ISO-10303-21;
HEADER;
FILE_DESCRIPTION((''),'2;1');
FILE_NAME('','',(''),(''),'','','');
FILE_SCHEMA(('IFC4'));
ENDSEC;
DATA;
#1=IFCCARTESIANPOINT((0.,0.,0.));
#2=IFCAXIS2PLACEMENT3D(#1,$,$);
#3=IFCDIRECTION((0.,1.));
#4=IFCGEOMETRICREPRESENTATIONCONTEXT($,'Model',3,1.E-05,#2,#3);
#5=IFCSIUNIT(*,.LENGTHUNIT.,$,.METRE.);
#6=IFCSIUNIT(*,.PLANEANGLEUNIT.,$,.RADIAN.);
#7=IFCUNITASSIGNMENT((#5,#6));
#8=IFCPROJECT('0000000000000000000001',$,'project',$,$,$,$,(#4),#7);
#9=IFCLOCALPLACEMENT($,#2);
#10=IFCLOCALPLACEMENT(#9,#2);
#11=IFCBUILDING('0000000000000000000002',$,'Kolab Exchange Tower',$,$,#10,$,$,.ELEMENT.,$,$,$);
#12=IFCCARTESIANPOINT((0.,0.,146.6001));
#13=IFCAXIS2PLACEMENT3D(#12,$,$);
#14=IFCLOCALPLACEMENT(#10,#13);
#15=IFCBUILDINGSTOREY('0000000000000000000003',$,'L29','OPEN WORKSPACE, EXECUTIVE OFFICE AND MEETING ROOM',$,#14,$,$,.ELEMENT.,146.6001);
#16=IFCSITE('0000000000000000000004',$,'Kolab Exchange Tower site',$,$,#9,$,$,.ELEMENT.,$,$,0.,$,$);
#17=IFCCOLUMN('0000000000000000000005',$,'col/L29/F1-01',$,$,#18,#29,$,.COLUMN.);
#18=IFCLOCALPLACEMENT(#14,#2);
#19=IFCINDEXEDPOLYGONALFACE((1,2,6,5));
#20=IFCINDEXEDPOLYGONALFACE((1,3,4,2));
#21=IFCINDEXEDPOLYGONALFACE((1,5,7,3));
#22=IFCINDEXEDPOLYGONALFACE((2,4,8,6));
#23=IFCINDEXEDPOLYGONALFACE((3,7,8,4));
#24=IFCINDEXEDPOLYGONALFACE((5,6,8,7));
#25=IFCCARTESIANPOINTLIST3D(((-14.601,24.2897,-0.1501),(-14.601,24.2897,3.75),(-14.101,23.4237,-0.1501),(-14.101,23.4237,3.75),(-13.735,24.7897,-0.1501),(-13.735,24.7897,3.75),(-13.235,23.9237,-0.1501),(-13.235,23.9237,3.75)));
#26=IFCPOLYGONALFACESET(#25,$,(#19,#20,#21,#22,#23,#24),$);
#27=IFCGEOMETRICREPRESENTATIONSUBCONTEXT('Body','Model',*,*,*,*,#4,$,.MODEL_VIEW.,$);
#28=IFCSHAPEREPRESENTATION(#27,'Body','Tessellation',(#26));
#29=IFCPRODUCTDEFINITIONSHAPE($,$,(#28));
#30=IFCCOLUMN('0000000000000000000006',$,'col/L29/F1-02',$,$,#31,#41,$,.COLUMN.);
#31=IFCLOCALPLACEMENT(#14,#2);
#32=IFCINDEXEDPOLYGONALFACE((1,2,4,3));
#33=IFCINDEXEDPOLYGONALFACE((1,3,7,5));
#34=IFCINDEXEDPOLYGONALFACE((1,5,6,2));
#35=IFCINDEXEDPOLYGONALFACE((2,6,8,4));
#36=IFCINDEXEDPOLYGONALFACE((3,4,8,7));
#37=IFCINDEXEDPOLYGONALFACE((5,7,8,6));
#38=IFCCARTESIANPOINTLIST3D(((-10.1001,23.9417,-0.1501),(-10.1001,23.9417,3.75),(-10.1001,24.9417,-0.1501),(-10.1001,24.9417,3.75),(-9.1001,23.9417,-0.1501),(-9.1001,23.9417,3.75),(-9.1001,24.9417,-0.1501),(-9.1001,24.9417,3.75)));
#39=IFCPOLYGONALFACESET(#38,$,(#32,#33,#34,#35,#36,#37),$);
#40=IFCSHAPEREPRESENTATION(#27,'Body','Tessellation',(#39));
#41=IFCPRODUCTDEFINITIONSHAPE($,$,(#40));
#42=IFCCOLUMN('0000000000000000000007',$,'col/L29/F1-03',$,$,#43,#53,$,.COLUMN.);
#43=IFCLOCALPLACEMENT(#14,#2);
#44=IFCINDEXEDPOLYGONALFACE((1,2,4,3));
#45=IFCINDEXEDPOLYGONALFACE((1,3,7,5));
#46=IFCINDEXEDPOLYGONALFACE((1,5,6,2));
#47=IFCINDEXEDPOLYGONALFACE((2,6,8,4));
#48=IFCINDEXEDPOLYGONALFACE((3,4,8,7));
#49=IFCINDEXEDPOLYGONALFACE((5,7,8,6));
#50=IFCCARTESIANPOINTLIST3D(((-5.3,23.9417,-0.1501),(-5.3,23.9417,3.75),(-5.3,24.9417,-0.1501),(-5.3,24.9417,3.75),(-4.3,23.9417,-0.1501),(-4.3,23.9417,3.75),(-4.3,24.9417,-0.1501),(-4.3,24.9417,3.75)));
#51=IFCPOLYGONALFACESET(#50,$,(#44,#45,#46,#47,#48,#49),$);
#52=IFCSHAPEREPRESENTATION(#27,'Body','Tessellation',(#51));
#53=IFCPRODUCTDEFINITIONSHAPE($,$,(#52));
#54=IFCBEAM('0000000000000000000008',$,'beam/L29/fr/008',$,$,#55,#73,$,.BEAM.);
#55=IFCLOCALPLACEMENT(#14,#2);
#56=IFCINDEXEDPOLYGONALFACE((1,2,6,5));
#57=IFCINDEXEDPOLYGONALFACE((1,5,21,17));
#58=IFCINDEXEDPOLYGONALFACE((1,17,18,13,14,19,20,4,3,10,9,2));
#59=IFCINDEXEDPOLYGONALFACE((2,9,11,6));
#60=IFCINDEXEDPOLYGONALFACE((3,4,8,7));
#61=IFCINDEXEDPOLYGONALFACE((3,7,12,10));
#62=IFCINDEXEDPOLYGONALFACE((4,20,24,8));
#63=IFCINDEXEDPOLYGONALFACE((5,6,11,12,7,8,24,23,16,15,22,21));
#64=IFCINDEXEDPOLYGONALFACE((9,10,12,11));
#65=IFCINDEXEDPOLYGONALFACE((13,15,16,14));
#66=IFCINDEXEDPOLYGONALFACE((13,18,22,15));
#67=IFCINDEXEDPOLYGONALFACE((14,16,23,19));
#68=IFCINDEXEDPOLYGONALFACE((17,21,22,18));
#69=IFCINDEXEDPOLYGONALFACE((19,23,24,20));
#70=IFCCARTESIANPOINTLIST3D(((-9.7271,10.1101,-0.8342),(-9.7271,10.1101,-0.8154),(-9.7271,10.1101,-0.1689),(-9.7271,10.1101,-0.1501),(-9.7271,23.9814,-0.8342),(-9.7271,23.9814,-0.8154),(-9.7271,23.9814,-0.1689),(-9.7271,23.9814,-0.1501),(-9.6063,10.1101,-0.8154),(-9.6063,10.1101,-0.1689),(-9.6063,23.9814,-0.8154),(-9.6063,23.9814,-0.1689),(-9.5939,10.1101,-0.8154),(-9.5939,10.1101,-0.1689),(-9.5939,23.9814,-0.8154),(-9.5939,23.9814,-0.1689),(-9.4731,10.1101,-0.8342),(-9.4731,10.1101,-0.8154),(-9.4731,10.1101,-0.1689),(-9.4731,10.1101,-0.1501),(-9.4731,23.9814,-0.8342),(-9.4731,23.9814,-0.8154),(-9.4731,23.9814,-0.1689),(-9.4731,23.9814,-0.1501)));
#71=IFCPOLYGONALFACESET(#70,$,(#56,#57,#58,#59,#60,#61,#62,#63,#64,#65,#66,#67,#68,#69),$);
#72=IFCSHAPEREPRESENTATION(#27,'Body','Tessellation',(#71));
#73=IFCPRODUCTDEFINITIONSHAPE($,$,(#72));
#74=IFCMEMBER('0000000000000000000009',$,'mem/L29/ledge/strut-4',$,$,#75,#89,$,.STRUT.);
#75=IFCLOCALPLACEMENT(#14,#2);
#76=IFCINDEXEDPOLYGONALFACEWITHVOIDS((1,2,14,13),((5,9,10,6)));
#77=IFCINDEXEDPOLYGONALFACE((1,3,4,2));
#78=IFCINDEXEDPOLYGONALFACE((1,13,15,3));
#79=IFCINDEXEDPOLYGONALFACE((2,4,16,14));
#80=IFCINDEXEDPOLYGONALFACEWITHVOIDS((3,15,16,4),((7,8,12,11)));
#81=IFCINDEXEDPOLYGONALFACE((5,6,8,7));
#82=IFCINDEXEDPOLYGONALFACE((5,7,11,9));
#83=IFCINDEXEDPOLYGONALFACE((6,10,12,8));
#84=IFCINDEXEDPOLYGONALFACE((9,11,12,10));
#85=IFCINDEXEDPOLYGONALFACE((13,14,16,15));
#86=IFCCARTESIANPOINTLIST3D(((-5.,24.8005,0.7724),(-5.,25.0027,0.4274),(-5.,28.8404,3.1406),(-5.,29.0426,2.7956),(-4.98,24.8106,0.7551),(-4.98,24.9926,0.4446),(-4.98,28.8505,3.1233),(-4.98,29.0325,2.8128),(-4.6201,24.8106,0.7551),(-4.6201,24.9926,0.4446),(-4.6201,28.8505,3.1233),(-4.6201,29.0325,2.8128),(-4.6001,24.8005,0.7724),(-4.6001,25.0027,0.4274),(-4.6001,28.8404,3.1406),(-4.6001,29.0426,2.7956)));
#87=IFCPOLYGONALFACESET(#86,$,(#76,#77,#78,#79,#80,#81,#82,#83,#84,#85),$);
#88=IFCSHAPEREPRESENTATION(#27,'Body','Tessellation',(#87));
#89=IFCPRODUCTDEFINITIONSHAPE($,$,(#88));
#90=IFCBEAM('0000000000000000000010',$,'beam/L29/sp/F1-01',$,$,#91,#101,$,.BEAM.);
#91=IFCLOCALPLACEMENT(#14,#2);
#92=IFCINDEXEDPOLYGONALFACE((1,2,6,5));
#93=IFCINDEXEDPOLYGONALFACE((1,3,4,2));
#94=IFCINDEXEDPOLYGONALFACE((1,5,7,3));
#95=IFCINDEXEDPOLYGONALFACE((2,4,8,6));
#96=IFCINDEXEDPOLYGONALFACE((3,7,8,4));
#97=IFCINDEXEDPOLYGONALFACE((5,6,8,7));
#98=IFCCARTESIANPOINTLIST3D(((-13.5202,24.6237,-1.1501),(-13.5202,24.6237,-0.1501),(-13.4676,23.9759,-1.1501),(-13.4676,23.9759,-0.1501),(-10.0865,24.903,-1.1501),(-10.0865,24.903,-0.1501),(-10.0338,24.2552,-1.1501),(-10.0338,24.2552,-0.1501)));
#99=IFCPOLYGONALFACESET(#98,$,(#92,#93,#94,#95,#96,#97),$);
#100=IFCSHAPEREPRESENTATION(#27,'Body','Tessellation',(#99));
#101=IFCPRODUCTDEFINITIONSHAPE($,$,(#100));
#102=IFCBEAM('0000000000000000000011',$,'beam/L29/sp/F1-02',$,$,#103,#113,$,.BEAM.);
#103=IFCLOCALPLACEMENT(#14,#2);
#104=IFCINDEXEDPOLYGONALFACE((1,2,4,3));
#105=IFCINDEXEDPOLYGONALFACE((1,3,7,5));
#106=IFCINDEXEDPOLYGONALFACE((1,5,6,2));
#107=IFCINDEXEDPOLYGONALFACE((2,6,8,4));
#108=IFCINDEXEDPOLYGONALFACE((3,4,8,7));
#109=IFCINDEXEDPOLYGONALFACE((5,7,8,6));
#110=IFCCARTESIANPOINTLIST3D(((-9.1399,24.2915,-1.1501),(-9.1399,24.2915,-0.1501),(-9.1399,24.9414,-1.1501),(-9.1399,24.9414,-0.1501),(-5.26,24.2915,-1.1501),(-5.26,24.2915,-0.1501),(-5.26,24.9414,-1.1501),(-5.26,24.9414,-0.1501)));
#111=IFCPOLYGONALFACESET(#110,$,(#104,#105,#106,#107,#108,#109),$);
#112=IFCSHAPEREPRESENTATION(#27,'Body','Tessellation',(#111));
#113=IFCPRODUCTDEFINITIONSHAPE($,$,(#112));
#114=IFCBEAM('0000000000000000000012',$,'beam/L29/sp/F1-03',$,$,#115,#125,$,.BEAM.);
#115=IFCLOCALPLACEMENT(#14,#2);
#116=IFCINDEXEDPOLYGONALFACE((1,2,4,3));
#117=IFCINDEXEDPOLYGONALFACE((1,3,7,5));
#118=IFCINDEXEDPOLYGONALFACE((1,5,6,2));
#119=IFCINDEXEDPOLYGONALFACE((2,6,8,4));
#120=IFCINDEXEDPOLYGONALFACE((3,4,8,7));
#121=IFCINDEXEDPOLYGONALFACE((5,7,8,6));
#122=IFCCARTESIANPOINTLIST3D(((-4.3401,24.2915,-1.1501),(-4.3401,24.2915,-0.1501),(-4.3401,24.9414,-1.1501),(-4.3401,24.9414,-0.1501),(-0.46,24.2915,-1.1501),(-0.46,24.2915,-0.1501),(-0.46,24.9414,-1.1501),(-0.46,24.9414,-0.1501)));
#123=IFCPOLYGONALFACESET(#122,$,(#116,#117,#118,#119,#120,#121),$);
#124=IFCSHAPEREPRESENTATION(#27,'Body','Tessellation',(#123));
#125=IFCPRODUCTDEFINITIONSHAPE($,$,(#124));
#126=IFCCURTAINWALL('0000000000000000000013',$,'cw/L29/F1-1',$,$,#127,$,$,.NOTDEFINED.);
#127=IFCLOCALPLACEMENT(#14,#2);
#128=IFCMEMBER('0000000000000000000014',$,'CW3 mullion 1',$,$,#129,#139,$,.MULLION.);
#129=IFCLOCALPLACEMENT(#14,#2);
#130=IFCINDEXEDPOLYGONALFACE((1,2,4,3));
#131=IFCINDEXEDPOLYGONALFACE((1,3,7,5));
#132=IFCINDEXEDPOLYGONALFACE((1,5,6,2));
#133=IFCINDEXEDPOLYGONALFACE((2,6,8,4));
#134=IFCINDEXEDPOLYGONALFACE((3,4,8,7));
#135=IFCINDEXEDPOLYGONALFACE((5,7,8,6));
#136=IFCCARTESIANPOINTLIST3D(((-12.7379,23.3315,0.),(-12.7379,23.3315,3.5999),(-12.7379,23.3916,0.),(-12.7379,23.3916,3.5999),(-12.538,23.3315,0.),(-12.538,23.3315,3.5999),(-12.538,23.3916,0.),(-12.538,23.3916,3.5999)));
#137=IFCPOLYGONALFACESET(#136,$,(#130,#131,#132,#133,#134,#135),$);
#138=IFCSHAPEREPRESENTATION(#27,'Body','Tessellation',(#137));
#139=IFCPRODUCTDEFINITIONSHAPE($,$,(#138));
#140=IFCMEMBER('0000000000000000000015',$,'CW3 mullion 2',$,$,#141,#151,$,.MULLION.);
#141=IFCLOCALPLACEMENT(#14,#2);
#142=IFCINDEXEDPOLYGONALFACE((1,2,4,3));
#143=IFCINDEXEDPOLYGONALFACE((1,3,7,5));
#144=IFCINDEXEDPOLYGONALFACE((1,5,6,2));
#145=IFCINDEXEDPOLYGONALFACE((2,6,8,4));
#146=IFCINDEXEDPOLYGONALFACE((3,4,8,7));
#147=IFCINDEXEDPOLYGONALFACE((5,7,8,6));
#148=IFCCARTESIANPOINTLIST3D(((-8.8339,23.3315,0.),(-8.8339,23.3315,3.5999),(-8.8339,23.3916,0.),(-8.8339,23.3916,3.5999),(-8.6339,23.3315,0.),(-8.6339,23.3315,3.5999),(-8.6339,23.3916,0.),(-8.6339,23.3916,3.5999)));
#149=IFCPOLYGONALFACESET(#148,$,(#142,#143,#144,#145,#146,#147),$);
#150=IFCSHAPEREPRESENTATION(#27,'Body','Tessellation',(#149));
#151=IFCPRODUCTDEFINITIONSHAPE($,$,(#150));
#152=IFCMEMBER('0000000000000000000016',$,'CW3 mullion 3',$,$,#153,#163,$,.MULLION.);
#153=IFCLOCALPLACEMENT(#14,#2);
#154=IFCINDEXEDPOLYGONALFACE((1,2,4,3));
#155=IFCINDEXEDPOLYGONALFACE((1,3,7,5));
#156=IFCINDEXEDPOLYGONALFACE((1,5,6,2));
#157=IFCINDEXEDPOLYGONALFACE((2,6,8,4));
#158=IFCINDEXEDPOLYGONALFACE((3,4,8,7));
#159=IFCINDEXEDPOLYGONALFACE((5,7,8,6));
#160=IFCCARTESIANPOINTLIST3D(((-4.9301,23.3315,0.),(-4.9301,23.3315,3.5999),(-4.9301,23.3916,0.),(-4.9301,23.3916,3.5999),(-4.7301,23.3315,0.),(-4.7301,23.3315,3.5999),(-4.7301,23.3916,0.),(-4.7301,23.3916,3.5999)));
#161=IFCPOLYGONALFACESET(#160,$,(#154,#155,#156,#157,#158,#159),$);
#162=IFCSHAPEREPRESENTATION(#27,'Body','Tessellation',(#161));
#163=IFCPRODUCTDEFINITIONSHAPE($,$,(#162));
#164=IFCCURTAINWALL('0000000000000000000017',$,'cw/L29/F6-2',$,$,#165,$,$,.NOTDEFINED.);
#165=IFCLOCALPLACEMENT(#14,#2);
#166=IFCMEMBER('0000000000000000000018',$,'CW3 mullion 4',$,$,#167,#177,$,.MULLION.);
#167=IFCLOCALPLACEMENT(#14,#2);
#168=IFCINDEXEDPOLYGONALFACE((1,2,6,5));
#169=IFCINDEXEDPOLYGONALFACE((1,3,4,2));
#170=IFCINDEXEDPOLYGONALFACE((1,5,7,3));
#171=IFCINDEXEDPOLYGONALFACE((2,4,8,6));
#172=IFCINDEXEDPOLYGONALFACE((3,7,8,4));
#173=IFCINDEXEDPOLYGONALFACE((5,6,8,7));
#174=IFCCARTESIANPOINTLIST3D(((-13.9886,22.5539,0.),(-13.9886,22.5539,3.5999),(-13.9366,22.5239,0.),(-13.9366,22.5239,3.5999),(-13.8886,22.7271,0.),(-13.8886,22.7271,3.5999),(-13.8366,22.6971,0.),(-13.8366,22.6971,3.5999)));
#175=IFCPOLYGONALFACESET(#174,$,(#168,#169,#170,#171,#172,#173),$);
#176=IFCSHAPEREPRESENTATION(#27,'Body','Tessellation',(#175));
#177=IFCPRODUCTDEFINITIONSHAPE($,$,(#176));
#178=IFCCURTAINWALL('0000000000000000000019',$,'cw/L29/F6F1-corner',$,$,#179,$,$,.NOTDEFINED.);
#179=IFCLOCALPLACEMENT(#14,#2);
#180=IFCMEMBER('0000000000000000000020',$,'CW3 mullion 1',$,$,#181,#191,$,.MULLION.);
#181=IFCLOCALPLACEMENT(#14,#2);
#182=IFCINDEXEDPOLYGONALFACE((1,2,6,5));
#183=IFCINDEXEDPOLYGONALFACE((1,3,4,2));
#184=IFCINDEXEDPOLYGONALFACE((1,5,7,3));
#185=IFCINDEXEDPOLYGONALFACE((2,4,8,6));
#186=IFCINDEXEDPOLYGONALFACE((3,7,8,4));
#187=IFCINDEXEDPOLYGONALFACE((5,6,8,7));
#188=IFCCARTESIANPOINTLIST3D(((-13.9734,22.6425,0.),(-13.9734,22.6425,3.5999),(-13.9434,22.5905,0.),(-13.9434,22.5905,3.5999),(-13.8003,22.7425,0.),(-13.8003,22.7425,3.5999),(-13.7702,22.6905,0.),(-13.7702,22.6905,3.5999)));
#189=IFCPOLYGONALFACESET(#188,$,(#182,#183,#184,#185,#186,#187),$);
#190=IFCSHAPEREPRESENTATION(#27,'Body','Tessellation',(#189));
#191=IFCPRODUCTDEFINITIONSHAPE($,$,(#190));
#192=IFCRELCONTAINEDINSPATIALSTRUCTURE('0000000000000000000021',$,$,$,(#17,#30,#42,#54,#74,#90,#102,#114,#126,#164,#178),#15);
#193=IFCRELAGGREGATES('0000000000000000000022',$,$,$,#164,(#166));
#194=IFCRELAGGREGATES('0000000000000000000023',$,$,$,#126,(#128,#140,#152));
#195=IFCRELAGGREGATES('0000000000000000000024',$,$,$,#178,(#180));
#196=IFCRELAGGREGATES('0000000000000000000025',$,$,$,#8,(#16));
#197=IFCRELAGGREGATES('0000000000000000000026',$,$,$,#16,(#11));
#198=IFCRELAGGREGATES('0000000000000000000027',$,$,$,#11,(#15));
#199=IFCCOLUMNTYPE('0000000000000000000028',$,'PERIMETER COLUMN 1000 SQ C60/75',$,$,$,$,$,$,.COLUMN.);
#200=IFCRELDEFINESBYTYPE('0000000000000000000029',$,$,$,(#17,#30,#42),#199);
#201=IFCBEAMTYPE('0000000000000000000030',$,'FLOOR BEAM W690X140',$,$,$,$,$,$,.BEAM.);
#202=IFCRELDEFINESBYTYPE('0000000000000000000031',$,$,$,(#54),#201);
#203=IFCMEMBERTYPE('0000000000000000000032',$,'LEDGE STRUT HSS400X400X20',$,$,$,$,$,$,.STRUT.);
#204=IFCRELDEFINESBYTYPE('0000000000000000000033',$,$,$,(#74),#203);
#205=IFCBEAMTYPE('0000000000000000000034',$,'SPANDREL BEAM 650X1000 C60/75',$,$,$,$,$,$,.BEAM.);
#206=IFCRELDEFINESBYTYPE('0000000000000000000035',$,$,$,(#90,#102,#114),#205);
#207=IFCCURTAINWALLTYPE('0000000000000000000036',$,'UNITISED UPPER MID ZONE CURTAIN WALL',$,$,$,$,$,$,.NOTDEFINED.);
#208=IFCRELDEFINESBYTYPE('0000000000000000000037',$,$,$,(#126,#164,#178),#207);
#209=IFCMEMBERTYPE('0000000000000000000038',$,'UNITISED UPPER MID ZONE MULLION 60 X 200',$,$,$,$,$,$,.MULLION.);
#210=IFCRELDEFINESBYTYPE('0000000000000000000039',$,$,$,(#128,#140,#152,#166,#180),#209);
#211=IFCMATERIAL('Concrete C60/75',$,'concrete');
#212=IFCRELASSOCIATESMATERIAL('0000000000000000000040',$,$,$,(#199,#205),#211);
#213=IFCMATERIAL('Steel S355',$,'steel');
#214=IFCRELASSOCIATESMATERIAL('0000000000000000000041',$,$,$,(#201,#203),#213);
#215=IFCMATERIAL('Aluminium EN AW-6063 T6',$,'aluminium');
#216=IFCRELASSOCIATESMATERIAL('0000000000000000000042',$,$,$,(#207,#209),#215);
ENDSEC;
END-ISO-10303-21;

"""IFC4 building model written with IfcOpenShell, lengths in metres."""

from ifc_helpers import new_model, si_unit, direction, frame, origin, origin_2d, place, context, subcontext, project, spatial, rectangle, hollow_rectangle, i_section, extrude, material, material_profile, profile_set, type_object, element, aggregate, save


model = new_model("IFC4")

# Units and contexts
model_context = context("Model", 3, precision=1e-05, world=origin(), true_north=direction((0.0, 1.0)))
body_context = subcontext(model_context, "Body", "Model", "MODEL_VIEW")
ifc_project = project(units=[si_unit("LENGTHUNIT", "METRE"), si_unit("PLANEANGLEUNIT", "RADIAN")], contexts=[model_context])

# Site, building, storey
site_placement = place(None, origin())
site = spatial("IfcSite", under=ifc_project, at=site_placement, Name="Kolab Exchange Tower site", CompositionType="ELEMENT", RefElevation=0.0)
building_placement = place(site_placement, origin())
building = spatial("IfcBuilding", under=site, at=building_placement, Name="Kolab Exchange Tower", CompositionType="ELEMENT")
storey_placement = place(building_placement, frame((0.0, 0.0, 146.6001)))
storey = spatial("IfcBuildingStorey", under=building, at=storey_placement, Name="L29", Description="OPEN WORKSPACE, EXECUTIVE OFFICE AND MEETING ROOM", CompositionType="ELEMENT", Elevation=146.6001)

# Columns
ifc_material_1 = material(Name="Concrete C60/75", Category="concrete")
ifc_material_profile_1 = material_profile(ifc_material_1, rectangle(XDim=1.0, YDim=1.0, at=origin_2d()), Name="RC1000")
ifc_profile_set_1 = profile_set([ifc_material_profile_1], Name="Concrete C60/75")
column_type = type_object("IfcColumnType", Name="PERIMETER COLUMN 1000 SQ C60/75", PredefinedType="COLUMN", material=ifc_profile_set_1)
for number, where, z_axis, x_axis, name in (
    (1, (-13.918, 24.1067, -0.1501), (0.0, 0.0, 1.0), (0.866025, 0.5, 0.0), "col/L29/F1-01"),
    (2, (-9.6001, 24.4417, -0.1501), (0.0, 0.0, 1.0), (1.0, 0.0, 0.0), "col/L29/F1-02"),
    (3, (-4.8, 24.4417, -0.1501), (0.0, 0.0, 1.0), (1.0, 0.0, 0.0), "col/L29/F1-03"),
):
    element("IfcColumn", number, at=place(storey_placement, frame(where, z_axis=z_axis, x_axis=x_axis)), inside=storey, type_object=column_type, Name=name, PredefinedType="COLUMN", context=body_context, shape_type="SweptSolid", body=[
        extrude(rectangle(XDim=1.0, YDim=1.0, at=origin_2d()), origin(), (0.0, 0.0, 1.0), 3.9001),
    ])

# Beam
ifc_material_2 = material(Name="Steel S355", Category="steel")
ifc_material_profile_2 = material_profile(ifc_material_2, i_section(OverallWidth=0.2539, OverallDepth=0.6841, WebThickness=0.0125, FlangeThickness=0.0188, at=origin_2d()), Name="W690X140")
ifc_profile_set_2 = profile_set([ifc_material_profile_2], Name="Steel S355")
beam_type_1 = type_object("IfcBeamType", Name="FLOOR BEAM W690X140", PredefinedType="BEAM", material=ifc_profile_set_2)
beam_1_placement = place(storey_placement, frame((-9.6001, 10.1101, -0.4922), z_axis=(0.0, 1.0, 0.0), x_axis=(-1.0, 0.0, 0.0)))
element("IfcBeam", 4, at=beam_1_placement, inside=storey, type_object=beam_type_1, Name="beam/L29/fr/008", PredefinedType="BEAM", context=body_context, shape_type="SweptSolid", body=[
    extrude(i_section(OverallWidth=0.2539, OverallDepth=0.6841, WebThickness=0.0125, FlangeThickness=0.0188, at=origin_2d()), origin(), (0.0, 0.0, 1.0), 13.8713),
])

# Member
ifc_material_profile_3 = material_profile(ifc_material_2, hollow_rectangle(XDim=0.3999, YDim=0.3999, WallThickness=0.02, at=origin_2d()), Name="HSS400X400X20")
ifc_profile_set_3 = profile_set([ifc_material_profile_3], Name="Steel S355")
member_type_1 = type_object("IfcMemberType", Name="LEDGE STRUT HSS400X400X20", PredefinedType="STRUT", material=ifc_profile_set_3)
member_1_placement = place(storey_placement, frame((-4.8, 24.9016, 0.5999), z_axis=(0.0, 0.862697, 0.505721), x_axis=(-1.0, 0.0, 0.0)))
element("IfcMember", 5, at=member_1_placement, inside=storey, type_object=member_type_1, Name="mem/L29/ledge/strut-4", PredefinedType="STRUT", context=body_context, shape_type="SweptSolid", body=[
    extrude(hollow_rectangle(XDim=0.3999, YDim=0.3999, WallThickness=0.02, at=origin_2d()), origin(), (0.0, 0.0, 1.0), 4.6829),
])

# Beams
ifc_material_profile_4 = material_profile(ifc_material_1, rectangle(XDim=0.6499, YDim=1.0, at=origin_2d()), Name="RC650X1000")
ifc_profile_set_4 = profile_set([ifc_material_profile_4], Name="Concrete C60/75")
beam_type_2 = type_object("IfcBeamType", Name="SPANDREL BEAM 650X1000 C60/75", PredefinedType="BEAM", material=ifc_profile_set_4)
beam_2_placement = place(storey_placement, frame((-13.4939, 24.2998, -0.6501), z_axis=(0.996708, 0.081069, 0.0), x_axis=(-0.081069, 0.996708, 0.0)))
element("IfcBeam", 6, at=beam_2_placement, inside=storey, type_object=beam_type_2, Name="beam/L29/sp/F1-01", PredefinedType="BEAM", context=body_context, shape_type="SweptSolid", body=[
    extrude(rectangle(XDim=0.6499, YDim=1.0, at=origin_2d()), origin(), (0.0, 0.0, 1.0), 3.4451),
])
beam_3_placement = place(storey_placement, frame((-9.1399, 24.6165, -0.6501), z_axis=(1.0, 0.0, 0.0), x_axis=(0.0, 1.0, 0.0)))
element("IfcBeam", 7, at=beam_3_placement, inside=storey, type_object=beam_type_2, Name="beam/L29/sp/F1-02", PredefinedType="BEAM", context=body_context, shape_type="SweptSolid", body=[
    extrude(rectangle(XDim=0.6499, YDim=1.0, at=origin_2d()), origin(), (0.0, 0.0, 1.0), 3.8799),
])
beam_4_placement = place(storey_placement, frame((-4.3401, 24.6165, -0.6501), z_axis=(1.0, 0.0, 0.0), x_axis=(0.0, 1.0, 0.0)))
element("IfcBeam", 8, at=beam_4_placement, inside=storey, type_object=beam_type_2, Name="beam/L29/sp/F1-03", PredefinedType="BEAM", context=body_context, shape_type="SweptSolid", body=[
    extrude(rectangle(XDim=0.6499, YDim=1.0, at=origin_2d()), origin(), (0.0, 0.0, 1.0), 3.8801),
])

# Curtain wall, members
ifc_material_3 = material(Name="Aluminium EN AW-6063 T6", Category="aluminium")
curtain_wall_type = type_object("IfcCurtainWallType", Name="UNITISED UPPER MID ZONE CURTAIN WALL", PredefinedType="NOTDEFINED", material=ifc_material_3)
curtain_wall_1_placement = place(storey_placement, origin())
curtain_wall_1 = element("IfcCurtainWall", 9, at=curtain_wall_1_placement, inside=storey, type_object=curtain_wall_type, Name="cw/L29/F1-1", PredefinedType="NOTDEFINED")
ifc_material_profile_5 = material_profile(ifc_material_3, rectangle(XDim=0.0601, YDim=0.2, at=origin_2d()), Name="RECT 60X200")
ifc_profile_set_5 = profile_set([ifc_material_profile_5], Name="Aluminium EN AW-6063 T6")
member_type_2 = type_object("IfcMemberType", Name="UNITISED UPPER MID ZONE MULLION 60 X 200", PredefinedType="MULLION", material=ifc_profile_set_5)
member_2_placement = place(storey_placement, frame((-12.6379, 23.3616, 0.0), z_axis=(0.0, 0.0, 1.0), x_axis=(0.0, 1.0, 0.0)))
member_2 = element("IfcMember", 10, at=member_2_placement, type_object=member_type_2, Name="CW3 mullion 1", PredefinedType="MULLION", context=body_context, shape_type="SweptSolid", body=[
    extrude(rectangle(XDim=0.0601, YDim=0.2, at=origin_2d()), origin(), (0.0, 0.0, 1.0), 3.5999),
])
member_3_placement = place(storey_placement, frame((-8.7339, 23.3616, 0.0), z_axis=(0.0, 0.0, 1.0), x_axis=(0.0, 1.0, 0.0)))
member_3 = element("IfcMember", 11, at=member_3_placement, type_object=member_type_2, Name="CW3 mullion 2", PredefinedType="MULLION", context=body_context, shape_type="SweptSolid", body=[
    extrude(rectangle(XDim=0.0601, YDim=0.2, at=origin_2d()), origin(), (0.0, 0.0, 1.0), 3.5999),
])
member_4_placement = place(storey_placement, frame((-4.8301, 23.3616, 0.0), z_axis=(0.0, 0.0, 1.0), x_axis=(0.0, 1.0, 0.0)))
member_4 = element("IfcMember", 12, at=member_4_placement, type_object=member_type_2, Name="CW3 mullion 3", PredefinedType="MULLION", context=body_context, shape_type="SweptSolid", body=[
    extrude(rectangle(XDim=0.0601, YDim=0.2, at=origin_2d()), origin(), (0.0, 0.0, 1.0), 3.5999),
])

# Curtain wall, member
curtain_wall_2_placement = place(storey_placement, origin())
curtain_wall_2 = element("IfcCurtainWall", 13, at=curtain_wall_2_placement, inside=storey, type_object=curtain_wall_type, Name="cw/L29/F6-2", PredefinedType="NOTDEFINED")
member_5_placement = place(storey_placement, frame((-13.9126, 22.6255, 0.0), z_axis=(0.0, 0.0, 1.0), x_axis=(-0.866025, 0.5, 0.0)))
member_5 = element("IfcMember", 14, at=member_5_placement, type_object=member_type_2, Name="CW3 mullion 4", PredefinedType="MULLION", context=body_context, shape_type="SweptSolid", body=[
    extrude(rectangle(XDim=0.0601, YDim=0.2, at=origin_2d()), origin(), (0.0, 0.0, 1.0), 3.5999),
])
aggregate(curtain_wall_2, [member_5])

# Curtain wall, member
curtain_wall_3_placement = place(storey_placement, origin())
curtain_wall_3 = element("IfcCurtainWall", 15, at=curtain_wall_3_placement, inside=storey, type_object=curtain_wall_type, Name="cw/L29/F6F1-corner", PredefinedType="NOTDEFINED")
member_6_placement = place(storey_placement, frame((-13.8718, 22.6665, 0.0), z_axis=(0.0, 0.0, 1.0), x_axis=(-0.5, 0.866025, 0.0)))
member_6 = element("IfcMember", 16, at=member_6_placement, type_object=member_type_2, Name="CW3 mullion 1", PredefinedType="MULLION", context=body_context, shape_type="SweptSolid", body=[
    extrude(rectangle(XDim=0.0601, YDim=0.2, at=origin_2d()), origin(), (0.0, 0.0, 1.0), 3.5999),
])

aggregate(curtain_wall_1, [member_2, member_3, member_4])
aggregate(curtain_wall_3, [member_6])

save(model, "model.ifc")
